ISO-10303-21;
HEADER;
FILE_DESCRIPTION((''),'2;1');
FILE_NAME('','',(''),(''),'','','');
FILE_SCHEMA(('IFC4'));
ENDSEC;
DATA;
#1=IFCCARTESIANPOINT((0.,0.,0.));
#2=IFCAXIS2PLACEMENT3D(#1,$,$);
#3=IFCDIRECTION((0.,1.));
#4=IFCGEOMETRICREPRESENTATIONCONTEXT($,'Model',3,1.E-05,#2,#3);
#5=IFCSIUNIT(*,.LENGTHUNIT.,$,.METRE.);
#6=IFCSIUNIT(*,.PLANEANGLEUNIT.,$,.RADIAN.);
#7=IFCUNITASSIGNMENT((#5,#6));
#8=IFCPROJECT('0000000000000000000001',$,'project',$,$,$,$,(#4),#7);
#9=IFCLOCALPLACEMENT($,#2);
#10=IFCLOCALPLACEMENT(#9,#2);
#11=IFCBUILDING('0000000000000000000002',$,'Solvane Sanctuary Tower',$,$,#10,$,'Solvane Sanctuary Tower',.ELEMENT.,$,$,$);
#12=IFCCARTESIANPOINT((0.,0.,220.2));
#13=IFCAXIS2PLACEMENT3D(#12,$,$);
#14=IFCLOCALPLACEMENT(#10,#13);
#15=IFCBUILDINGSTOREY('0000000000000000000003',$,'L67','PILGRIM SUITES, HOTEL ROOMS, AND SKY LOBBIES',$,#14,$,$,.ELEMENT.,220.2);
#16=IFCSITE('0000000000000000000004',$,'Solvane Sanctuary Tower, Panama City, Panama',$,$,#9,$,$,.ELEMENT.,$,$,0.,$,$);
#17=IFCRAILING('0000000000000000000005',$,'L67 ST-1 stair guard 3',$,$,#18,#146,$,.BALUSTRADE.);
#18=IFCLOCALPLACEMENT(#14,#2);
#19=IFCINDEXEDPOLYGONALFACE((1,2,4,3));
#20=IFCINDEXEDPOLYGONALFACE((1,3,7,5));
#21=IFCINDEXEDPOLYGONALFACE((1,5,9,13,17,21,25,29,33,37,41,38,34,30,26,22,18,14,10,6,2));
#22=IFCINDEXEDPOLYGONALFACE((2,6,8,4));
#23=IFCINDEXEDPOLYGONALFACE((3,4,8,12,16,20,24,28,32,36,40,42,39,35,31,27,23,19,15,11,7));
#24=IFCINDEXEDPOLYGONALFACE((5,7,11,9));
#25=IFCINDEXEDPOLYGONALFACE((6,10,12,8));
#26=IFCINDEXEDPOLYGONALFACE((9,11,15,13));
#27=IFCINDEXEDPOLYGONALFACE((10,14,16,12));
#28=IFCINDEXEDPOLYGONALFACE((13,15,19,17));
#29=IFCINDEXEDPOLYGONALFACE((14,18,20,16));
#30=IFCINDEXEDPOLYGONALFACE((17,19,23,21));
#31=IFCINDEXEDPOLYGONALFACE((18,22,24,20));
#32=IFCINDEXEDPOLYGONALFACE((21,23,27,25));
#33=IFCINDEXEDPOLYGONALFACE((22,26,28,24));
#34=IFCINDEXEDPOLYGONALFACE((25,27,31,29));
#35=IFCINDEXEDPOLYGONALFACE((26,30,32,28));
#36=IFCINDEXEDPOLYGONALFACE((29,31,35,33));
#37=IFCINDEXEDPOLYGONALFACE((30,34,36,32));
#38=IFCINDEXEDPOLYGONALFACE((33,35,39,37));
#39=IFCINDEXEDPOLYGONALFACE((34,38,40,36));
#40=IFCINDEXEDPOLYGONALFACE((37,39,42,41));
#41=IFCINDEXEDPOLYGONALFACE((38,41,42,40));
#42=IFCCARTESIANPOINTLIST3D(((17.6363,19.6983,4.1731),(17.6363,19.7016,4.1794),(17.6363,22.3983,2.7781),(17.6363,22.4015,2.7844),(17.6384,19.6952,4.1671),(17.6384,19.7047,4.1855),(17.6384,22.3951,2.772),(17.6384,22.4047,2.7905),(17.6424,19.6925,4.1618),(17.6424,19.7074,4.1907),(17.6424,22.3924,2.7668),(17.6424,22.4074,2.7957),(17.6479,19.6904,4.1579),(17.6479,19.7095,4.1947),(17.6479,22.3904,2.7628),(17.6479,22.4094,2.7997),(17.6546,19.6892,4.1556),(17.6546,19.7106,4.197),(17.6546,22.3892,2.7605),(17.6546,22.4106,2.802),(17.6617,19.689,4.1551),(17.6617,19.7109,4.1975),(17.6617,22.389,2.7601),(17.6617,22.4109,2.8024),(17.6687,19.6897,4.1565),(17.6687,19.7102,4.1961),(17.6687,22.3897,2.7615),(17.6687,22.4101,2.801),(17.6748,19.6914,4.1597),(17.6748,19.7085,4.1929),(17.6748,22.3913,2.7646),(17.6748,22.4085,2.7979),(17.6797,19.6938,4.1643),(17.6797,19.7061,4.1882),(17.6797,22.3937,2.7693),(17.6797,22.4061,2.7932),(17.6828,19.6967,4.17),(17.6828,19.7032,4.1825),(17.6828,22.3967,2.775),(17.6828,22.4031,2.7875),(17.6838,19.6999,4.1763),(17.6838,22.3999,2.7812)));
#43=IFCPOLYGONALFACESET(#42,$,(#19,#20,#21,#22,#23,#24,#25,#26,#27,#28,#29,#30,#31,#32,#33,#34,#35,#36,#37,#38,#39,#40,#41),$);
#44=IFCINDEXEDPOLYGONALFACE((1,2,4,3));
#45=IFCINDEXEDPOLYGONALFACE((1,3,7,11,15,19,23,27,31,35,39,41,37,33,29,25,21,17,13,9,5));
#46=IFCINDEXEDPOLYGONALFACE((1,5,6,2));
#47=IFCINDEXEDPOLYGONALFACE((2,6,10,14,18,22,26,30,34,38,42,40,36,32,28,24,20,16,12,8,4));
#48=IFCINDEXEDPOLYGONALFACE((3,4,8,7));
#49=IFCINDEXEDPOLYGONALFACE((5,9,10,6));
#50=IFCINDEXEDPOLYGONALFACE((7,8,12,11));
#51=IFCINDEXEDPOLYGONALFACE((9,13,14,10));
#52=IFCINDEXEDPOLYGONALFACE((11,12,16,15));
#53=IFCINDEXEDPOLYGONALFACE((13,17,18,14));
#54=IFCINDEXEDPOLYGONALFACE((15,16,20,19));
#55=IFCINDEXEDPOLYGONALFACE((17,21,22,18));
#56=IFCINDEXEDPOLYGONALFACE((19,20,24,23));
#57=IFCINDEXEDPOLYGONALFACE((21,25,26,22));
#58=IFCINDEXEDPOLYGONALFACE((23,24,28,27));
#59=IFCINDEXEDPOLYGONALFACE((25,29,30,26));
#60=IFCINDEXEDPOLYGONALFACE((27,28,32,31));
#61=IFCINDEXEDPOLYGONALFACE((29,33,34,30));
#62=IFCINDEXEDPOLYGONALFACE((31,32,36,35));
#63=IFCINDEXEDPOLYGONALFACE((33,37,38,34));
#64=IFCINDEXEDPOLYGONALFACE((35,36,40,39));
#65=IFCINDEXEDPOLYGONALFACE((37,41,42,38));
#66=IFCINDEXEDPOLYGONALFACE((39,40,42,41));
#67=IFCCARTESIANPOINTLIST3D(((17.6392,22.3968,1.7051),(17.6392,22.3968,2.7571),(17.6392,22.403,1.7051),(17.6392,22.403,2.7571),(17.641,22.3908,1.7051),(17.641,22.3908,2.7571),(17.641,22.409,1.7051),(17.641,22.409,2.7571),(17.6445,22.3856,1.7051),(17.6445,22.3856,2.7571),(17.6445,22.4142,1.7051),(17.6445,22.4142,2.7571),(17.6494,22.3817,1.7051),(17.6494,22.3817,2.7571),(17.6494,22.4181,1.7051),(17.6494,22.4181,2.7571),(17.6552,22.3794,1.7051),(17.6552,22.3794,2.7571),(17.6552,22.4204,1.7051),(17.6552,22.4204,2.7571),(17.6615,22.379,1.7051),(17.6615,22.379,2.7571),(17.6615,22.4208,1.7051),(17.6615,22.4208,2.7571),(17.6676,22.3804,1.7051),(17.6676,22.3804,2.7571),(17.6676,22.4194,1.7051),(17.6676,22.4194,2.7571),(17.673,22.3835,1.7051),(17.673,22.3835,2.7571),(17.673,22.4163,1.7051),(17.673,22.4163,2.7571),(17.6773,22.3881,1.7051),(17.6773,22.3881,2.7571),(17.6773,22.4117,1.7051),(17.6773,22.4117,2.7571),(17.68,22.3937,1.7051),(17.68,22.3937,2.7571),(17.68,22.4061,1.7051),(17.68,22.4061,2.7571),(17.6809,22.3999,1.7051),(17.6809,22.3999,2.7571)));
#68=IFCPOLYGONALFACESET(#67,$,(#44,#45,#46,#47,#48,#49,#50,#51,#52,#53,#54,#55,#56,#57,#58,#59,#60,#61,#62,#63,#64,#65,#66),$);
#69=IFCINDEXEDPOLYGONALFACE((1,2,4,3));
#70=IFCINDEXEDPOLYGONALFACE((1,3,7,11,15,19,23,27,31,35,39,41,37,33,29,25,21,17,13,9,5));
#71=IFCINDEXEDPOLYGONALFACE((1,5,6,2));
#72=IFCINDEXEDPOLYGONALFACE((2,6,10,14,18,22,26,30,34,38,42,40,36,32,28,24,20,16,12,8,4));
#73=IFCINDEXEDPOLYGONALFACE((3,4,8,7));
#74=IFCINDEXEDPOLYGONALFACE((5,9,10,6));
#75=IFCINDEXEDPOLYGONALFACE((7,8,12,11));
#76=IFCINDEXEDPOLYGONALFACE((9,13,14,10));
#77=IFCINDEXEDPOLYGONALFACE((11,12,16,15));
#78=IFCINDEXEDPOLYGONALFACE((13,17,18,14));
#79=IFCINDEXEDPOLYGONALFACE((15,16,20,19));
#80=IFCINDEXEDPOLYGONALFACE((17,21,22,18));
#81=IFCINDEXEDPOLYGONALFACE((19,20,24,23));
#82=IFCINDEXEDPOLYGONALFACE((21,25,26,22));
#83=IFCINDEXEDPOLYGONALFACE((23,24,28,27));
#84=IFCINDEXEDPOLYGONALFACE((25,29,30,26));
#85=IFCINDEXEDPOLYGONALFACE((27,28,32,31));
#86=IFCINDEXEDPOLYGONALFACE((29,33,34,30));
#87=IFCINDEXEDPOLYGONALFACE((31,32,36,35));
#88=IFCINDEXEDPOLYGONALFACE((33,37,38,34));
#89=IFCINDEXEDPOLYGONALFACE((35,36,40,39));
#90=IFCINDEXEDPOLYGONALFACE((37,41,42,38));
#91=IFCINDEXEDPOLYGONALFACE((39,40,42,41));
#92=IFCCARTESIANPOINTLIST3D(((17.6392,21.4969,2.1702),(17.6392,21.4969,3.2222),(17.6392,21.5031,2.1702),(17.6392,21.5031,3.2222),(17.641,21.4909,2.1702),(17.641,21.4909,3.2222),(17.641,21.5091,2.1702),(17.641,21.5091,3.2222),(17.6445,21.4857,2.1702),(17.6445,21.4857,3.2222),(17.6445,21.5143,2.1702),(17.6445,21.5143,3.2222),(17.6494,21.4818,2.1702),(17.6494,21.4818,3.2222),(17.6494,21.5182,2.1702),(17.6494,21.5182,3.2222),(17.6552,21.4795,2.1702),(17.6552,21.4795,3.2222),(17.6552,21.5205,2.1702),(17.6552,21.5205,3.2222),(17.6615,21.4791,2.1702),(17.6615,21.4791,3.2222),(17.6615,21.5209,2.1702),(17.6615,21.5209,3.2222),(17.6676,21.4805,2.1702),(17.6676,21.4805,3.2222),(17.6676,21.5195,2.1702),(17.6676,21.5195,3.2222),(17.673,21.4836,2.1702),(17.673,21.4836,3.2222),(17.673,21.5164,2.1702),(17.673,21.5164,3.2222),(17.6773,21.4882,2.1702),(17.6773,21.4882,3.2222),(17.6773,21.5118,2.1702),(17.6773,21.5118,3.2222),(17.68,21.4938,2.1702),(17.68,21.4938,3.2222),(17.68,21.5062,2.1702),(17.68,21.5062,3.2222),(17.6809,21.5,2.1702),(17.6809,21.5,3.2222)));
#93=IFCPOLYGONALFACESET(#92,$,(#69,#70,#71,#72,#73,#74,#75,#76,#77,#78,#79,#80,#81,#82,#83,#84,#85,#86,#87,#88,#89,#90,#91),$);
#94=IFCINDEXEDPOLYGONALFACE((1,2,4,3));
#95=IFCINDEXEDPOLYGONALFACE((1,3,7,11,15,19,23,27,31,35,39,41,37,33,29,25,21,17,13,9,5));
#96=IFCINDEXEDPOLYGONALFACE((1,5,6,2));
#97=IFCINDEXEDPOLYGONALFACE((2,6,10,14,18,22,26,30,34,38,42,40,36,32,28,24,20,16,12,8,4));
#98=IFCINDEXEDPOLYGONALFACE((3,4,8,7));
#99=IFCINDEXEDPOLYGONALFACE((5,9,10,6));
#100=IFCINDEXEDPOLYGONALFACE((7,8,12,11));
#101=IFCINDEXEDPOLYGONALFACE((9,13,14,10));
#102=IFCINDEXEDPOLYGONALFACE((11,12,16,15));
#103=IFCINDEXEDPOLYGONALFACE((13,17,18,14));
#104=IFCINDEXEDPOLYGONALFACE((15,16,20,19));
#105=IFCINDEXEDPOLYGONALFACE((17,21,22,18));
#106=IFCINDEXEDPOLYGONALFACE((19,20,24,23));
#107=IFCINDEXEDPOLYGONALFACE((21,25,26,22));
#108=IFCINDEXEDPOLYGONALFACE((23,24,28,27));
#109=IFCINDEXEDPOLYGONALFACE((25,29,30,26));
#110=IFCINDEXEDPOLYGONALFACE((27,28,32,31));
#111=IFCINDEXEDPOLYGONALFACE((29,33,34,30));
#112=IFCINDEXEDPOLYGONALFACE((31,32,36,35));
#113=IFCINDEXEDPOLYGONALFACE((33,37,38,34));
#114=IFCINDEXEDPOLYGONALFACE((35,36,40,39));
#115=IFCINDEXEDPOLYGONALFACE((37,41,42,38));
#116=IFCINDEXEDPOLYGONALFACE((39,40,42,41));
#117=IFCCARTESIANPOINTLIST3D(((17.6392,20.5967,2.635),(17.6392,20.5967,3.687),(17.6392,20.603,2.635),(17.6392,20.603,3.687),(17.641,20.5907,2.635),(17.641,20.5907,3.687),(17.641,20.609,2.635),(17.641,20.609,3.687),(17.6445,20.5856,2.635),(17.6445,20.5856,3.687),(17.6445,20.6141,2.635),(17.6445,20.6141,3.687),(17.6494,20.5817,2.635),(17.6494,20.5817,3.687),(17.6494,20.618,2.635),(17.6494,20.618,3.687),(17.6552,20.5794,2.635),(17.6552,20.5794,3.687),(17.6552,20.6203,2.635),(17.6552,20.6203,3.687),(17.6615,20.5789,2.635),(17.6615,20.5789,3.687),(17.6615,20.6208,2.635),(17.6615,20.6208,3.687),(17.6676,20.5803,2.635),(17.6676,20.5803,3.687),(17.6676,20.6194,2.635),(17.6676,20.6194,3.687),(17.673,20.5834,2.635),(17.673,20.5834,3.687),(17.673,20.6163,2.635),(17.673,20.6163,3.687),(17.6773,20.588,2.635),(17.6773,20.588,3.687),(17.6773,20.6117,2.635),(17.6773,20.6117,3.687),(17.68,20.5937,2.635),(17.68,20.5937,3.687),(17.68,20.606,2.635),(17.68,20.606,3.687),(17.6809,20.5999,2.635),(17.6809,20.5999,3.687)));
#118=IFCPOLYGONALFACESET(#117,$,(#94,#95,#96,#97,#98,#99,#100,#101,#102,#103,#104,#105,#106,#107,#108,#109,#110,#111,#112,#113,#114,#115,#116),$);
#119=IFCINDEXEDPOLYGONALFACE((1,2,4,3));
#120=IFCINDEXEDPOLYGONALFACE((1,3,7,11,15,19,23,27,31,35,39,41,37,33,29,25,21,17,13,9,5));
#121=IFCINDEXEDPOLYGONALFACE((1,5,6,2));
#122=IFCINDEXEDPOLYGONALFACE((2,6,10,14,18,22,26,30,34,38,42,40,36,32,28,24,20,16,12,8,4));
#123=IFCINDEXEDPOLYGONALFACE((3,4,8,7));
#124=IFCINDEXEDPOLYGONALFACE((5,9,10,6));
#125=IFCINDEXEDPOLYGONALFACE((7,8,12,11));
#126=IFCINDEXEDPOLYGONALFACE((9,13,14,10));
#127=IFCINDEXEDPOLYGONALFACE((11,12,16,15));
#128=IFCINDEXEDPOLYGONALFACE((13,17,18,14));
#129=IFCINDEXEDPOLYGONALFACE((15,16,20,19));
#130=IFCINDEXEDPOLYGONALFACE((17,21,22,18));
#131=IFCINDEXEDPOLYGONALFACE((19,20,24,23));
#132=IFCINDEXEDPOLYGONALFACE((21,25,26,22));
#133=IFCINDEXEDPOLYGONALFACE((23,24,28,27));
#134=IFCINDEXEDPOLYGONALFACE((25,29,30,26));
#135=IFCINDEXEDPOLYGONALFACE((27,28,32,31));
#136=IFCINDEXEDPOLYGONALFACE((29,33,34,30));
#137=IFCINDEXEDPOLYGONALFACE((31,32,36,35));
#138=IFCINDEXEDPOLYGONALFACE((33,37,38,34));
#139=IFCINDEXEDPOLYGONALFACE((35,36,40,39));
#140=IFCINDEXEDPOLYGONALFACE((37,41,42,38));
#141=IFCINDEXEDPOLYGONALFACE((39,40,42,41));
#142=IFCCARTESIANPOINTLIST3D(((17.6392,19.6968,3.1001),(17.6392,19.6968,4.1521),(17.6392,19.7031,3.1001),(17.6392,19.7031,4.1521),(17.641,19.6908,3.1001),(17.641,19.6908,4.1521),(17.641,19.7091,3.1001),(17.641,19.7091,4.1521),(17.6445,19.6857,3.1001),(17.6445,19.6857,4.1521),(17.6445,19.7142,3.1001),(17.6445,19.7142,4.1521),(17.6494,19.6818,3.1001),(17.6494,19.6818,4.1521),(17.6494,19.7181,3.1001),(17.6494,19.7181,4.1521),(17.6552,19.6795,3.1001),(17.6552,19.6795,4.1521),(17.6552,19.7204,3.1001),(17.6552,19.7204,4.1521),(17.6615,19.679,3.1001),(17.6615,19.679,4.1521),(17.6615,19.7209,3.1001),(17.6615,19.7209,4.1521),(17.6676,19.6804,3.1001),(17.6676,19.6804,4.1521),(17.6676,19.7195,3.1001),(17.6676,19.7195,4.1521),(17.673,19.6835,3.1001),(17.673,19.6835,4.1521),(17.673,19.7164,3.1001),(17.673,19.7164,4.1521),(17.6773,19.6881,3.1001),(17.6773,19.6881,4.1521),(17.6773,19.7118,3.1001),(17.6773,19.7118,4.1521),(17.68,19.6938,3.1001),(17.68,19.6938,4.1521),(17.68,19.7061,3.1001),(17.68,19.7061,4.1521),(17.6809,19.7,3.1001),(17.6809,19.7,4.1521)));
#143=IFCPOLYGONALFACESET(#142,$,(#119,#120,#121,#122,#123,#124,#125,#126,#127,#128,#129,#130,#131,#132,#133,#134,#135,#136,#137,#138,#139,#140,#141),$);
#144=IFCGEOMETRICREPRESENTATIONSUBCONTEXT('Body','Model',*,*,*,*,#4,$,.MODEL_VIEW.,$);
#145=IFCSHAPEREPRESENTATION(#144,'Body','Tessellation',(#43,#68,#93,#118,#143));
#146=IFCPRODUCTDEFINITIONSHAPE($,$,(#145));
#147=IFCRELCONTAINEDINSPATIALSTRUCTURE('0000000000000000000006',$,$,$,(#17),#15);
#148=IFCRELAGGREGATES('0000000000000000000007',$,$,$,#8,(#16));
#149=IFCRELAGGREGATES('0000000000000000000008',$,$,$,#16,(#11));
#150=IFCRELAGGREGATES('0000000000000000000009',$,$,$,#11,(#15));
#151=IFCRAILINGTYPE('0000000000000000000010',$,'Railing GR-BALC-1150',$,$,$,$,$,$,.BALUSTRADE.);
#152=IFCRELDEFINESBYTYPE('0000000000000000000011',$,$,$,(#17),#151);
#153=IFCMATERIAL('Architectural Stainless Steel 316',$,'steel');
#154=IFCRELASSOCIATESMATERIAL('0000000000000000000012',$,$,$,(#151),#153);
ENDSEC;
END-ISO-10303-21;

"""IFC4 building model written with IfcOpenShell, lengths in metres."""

from ifc_helpers import new_model, si_unit, direction, frame, origin, origin_2d, place, context, subcontext, project, spatial, circle, extrude, material, type_object, element, save


model = new_model("IFC4")

# Units and contexts
model_context = context("Model", 3, precision=1e-05, world=origin(), true_north=direction((0.0, 1.0)))
body_context = subcontext(model_context, "Body", "Model", "MODEL_VIEW")
ifc_project = project(units=[si_unit("LENGTHUNIT", "METRE"), si_unit("PLANEANGLEUNIT", "RADIAN")], contexts=[model_context])

# Site, building, storey
site_placement = place(None, origin())
site = spatial("IfcSite", under=ifc_project, at=site_placement, Name="Solvane Sanctuary Tower, Panama City, Panama", CompositionType="ELEMENT", RefElevation=0.0)
building_placement = place(site_placement, origin())
building = spatial("IfcBuilding", under=site, at=building_placement, Name="Solvane Sanctuary Tower", LongName="Solvane Sanctuary Tower", CompositionType="ELEMENT")
storey_placement = place(building_placement, frame((0.0, 0.0, 220.2)))
storey = spatial("IfcBuildingStorey", under=building, at=storey_placement, Name="L67", Description="PILGRIM SUITES, HOTEL ROOMS, AND SKY LOBBIES", CompositionType="ELEMENT", Elevation=220.2)

# Shared definitions
ifc_material_1 = material(Name="Architectural Stainless Steel 316", Category="steel")

# Railing
railing_type_1 = type_object("IfcRailingType", Name="Railing GR-BALC-1150", PredefinedType="BALUSTRADE", material=ifc_material_1)
railing_1_placement = place(storey_placement, frame((17.6599, 22.3999, 1.7051)))
element("IfcRailing", 1, at=railing_1_placement, inside=storey, type_object=railing_type_1, Name="L67 ST-1 stair guard 3", PredefinedType="BALUSTRADE", context=body_context, shape_type="SweptSolid", body=[
    extrude(circle(Radius=0.0239, at=origin_2d()), frame((0.0, 0.0, 1.0762), z_axis=(0.0, -0.88842, 0.459032), x_axis=(1.0, 0.0, 0.0)), (0.0, 0.0, 1.0), 3.0391),
    extrude(circle(Radius=0.021, at=origin_2d()), origin(), (0.0, 0.0, 1.0), 1.052),
    extrude(circle(Radius=0.021, at=origin_2d()), frame((0.0, -0.8999, 0.4651)), (0.0, 0.0, 1.0), 1.052),
    extrude(circle(Radius=0.021, at=origin_2d()), frame((0.0, -1.8, 0.9299)), (0.0, 0.0, 1.0), 1.052),
    extrude(circle(Radius=0.021, at=origin_2d()), frame((0.0, -2.7, 1.395)), (0.0, 0.0, 1.0), 1.052),
])

save(model, "model.ifc")
